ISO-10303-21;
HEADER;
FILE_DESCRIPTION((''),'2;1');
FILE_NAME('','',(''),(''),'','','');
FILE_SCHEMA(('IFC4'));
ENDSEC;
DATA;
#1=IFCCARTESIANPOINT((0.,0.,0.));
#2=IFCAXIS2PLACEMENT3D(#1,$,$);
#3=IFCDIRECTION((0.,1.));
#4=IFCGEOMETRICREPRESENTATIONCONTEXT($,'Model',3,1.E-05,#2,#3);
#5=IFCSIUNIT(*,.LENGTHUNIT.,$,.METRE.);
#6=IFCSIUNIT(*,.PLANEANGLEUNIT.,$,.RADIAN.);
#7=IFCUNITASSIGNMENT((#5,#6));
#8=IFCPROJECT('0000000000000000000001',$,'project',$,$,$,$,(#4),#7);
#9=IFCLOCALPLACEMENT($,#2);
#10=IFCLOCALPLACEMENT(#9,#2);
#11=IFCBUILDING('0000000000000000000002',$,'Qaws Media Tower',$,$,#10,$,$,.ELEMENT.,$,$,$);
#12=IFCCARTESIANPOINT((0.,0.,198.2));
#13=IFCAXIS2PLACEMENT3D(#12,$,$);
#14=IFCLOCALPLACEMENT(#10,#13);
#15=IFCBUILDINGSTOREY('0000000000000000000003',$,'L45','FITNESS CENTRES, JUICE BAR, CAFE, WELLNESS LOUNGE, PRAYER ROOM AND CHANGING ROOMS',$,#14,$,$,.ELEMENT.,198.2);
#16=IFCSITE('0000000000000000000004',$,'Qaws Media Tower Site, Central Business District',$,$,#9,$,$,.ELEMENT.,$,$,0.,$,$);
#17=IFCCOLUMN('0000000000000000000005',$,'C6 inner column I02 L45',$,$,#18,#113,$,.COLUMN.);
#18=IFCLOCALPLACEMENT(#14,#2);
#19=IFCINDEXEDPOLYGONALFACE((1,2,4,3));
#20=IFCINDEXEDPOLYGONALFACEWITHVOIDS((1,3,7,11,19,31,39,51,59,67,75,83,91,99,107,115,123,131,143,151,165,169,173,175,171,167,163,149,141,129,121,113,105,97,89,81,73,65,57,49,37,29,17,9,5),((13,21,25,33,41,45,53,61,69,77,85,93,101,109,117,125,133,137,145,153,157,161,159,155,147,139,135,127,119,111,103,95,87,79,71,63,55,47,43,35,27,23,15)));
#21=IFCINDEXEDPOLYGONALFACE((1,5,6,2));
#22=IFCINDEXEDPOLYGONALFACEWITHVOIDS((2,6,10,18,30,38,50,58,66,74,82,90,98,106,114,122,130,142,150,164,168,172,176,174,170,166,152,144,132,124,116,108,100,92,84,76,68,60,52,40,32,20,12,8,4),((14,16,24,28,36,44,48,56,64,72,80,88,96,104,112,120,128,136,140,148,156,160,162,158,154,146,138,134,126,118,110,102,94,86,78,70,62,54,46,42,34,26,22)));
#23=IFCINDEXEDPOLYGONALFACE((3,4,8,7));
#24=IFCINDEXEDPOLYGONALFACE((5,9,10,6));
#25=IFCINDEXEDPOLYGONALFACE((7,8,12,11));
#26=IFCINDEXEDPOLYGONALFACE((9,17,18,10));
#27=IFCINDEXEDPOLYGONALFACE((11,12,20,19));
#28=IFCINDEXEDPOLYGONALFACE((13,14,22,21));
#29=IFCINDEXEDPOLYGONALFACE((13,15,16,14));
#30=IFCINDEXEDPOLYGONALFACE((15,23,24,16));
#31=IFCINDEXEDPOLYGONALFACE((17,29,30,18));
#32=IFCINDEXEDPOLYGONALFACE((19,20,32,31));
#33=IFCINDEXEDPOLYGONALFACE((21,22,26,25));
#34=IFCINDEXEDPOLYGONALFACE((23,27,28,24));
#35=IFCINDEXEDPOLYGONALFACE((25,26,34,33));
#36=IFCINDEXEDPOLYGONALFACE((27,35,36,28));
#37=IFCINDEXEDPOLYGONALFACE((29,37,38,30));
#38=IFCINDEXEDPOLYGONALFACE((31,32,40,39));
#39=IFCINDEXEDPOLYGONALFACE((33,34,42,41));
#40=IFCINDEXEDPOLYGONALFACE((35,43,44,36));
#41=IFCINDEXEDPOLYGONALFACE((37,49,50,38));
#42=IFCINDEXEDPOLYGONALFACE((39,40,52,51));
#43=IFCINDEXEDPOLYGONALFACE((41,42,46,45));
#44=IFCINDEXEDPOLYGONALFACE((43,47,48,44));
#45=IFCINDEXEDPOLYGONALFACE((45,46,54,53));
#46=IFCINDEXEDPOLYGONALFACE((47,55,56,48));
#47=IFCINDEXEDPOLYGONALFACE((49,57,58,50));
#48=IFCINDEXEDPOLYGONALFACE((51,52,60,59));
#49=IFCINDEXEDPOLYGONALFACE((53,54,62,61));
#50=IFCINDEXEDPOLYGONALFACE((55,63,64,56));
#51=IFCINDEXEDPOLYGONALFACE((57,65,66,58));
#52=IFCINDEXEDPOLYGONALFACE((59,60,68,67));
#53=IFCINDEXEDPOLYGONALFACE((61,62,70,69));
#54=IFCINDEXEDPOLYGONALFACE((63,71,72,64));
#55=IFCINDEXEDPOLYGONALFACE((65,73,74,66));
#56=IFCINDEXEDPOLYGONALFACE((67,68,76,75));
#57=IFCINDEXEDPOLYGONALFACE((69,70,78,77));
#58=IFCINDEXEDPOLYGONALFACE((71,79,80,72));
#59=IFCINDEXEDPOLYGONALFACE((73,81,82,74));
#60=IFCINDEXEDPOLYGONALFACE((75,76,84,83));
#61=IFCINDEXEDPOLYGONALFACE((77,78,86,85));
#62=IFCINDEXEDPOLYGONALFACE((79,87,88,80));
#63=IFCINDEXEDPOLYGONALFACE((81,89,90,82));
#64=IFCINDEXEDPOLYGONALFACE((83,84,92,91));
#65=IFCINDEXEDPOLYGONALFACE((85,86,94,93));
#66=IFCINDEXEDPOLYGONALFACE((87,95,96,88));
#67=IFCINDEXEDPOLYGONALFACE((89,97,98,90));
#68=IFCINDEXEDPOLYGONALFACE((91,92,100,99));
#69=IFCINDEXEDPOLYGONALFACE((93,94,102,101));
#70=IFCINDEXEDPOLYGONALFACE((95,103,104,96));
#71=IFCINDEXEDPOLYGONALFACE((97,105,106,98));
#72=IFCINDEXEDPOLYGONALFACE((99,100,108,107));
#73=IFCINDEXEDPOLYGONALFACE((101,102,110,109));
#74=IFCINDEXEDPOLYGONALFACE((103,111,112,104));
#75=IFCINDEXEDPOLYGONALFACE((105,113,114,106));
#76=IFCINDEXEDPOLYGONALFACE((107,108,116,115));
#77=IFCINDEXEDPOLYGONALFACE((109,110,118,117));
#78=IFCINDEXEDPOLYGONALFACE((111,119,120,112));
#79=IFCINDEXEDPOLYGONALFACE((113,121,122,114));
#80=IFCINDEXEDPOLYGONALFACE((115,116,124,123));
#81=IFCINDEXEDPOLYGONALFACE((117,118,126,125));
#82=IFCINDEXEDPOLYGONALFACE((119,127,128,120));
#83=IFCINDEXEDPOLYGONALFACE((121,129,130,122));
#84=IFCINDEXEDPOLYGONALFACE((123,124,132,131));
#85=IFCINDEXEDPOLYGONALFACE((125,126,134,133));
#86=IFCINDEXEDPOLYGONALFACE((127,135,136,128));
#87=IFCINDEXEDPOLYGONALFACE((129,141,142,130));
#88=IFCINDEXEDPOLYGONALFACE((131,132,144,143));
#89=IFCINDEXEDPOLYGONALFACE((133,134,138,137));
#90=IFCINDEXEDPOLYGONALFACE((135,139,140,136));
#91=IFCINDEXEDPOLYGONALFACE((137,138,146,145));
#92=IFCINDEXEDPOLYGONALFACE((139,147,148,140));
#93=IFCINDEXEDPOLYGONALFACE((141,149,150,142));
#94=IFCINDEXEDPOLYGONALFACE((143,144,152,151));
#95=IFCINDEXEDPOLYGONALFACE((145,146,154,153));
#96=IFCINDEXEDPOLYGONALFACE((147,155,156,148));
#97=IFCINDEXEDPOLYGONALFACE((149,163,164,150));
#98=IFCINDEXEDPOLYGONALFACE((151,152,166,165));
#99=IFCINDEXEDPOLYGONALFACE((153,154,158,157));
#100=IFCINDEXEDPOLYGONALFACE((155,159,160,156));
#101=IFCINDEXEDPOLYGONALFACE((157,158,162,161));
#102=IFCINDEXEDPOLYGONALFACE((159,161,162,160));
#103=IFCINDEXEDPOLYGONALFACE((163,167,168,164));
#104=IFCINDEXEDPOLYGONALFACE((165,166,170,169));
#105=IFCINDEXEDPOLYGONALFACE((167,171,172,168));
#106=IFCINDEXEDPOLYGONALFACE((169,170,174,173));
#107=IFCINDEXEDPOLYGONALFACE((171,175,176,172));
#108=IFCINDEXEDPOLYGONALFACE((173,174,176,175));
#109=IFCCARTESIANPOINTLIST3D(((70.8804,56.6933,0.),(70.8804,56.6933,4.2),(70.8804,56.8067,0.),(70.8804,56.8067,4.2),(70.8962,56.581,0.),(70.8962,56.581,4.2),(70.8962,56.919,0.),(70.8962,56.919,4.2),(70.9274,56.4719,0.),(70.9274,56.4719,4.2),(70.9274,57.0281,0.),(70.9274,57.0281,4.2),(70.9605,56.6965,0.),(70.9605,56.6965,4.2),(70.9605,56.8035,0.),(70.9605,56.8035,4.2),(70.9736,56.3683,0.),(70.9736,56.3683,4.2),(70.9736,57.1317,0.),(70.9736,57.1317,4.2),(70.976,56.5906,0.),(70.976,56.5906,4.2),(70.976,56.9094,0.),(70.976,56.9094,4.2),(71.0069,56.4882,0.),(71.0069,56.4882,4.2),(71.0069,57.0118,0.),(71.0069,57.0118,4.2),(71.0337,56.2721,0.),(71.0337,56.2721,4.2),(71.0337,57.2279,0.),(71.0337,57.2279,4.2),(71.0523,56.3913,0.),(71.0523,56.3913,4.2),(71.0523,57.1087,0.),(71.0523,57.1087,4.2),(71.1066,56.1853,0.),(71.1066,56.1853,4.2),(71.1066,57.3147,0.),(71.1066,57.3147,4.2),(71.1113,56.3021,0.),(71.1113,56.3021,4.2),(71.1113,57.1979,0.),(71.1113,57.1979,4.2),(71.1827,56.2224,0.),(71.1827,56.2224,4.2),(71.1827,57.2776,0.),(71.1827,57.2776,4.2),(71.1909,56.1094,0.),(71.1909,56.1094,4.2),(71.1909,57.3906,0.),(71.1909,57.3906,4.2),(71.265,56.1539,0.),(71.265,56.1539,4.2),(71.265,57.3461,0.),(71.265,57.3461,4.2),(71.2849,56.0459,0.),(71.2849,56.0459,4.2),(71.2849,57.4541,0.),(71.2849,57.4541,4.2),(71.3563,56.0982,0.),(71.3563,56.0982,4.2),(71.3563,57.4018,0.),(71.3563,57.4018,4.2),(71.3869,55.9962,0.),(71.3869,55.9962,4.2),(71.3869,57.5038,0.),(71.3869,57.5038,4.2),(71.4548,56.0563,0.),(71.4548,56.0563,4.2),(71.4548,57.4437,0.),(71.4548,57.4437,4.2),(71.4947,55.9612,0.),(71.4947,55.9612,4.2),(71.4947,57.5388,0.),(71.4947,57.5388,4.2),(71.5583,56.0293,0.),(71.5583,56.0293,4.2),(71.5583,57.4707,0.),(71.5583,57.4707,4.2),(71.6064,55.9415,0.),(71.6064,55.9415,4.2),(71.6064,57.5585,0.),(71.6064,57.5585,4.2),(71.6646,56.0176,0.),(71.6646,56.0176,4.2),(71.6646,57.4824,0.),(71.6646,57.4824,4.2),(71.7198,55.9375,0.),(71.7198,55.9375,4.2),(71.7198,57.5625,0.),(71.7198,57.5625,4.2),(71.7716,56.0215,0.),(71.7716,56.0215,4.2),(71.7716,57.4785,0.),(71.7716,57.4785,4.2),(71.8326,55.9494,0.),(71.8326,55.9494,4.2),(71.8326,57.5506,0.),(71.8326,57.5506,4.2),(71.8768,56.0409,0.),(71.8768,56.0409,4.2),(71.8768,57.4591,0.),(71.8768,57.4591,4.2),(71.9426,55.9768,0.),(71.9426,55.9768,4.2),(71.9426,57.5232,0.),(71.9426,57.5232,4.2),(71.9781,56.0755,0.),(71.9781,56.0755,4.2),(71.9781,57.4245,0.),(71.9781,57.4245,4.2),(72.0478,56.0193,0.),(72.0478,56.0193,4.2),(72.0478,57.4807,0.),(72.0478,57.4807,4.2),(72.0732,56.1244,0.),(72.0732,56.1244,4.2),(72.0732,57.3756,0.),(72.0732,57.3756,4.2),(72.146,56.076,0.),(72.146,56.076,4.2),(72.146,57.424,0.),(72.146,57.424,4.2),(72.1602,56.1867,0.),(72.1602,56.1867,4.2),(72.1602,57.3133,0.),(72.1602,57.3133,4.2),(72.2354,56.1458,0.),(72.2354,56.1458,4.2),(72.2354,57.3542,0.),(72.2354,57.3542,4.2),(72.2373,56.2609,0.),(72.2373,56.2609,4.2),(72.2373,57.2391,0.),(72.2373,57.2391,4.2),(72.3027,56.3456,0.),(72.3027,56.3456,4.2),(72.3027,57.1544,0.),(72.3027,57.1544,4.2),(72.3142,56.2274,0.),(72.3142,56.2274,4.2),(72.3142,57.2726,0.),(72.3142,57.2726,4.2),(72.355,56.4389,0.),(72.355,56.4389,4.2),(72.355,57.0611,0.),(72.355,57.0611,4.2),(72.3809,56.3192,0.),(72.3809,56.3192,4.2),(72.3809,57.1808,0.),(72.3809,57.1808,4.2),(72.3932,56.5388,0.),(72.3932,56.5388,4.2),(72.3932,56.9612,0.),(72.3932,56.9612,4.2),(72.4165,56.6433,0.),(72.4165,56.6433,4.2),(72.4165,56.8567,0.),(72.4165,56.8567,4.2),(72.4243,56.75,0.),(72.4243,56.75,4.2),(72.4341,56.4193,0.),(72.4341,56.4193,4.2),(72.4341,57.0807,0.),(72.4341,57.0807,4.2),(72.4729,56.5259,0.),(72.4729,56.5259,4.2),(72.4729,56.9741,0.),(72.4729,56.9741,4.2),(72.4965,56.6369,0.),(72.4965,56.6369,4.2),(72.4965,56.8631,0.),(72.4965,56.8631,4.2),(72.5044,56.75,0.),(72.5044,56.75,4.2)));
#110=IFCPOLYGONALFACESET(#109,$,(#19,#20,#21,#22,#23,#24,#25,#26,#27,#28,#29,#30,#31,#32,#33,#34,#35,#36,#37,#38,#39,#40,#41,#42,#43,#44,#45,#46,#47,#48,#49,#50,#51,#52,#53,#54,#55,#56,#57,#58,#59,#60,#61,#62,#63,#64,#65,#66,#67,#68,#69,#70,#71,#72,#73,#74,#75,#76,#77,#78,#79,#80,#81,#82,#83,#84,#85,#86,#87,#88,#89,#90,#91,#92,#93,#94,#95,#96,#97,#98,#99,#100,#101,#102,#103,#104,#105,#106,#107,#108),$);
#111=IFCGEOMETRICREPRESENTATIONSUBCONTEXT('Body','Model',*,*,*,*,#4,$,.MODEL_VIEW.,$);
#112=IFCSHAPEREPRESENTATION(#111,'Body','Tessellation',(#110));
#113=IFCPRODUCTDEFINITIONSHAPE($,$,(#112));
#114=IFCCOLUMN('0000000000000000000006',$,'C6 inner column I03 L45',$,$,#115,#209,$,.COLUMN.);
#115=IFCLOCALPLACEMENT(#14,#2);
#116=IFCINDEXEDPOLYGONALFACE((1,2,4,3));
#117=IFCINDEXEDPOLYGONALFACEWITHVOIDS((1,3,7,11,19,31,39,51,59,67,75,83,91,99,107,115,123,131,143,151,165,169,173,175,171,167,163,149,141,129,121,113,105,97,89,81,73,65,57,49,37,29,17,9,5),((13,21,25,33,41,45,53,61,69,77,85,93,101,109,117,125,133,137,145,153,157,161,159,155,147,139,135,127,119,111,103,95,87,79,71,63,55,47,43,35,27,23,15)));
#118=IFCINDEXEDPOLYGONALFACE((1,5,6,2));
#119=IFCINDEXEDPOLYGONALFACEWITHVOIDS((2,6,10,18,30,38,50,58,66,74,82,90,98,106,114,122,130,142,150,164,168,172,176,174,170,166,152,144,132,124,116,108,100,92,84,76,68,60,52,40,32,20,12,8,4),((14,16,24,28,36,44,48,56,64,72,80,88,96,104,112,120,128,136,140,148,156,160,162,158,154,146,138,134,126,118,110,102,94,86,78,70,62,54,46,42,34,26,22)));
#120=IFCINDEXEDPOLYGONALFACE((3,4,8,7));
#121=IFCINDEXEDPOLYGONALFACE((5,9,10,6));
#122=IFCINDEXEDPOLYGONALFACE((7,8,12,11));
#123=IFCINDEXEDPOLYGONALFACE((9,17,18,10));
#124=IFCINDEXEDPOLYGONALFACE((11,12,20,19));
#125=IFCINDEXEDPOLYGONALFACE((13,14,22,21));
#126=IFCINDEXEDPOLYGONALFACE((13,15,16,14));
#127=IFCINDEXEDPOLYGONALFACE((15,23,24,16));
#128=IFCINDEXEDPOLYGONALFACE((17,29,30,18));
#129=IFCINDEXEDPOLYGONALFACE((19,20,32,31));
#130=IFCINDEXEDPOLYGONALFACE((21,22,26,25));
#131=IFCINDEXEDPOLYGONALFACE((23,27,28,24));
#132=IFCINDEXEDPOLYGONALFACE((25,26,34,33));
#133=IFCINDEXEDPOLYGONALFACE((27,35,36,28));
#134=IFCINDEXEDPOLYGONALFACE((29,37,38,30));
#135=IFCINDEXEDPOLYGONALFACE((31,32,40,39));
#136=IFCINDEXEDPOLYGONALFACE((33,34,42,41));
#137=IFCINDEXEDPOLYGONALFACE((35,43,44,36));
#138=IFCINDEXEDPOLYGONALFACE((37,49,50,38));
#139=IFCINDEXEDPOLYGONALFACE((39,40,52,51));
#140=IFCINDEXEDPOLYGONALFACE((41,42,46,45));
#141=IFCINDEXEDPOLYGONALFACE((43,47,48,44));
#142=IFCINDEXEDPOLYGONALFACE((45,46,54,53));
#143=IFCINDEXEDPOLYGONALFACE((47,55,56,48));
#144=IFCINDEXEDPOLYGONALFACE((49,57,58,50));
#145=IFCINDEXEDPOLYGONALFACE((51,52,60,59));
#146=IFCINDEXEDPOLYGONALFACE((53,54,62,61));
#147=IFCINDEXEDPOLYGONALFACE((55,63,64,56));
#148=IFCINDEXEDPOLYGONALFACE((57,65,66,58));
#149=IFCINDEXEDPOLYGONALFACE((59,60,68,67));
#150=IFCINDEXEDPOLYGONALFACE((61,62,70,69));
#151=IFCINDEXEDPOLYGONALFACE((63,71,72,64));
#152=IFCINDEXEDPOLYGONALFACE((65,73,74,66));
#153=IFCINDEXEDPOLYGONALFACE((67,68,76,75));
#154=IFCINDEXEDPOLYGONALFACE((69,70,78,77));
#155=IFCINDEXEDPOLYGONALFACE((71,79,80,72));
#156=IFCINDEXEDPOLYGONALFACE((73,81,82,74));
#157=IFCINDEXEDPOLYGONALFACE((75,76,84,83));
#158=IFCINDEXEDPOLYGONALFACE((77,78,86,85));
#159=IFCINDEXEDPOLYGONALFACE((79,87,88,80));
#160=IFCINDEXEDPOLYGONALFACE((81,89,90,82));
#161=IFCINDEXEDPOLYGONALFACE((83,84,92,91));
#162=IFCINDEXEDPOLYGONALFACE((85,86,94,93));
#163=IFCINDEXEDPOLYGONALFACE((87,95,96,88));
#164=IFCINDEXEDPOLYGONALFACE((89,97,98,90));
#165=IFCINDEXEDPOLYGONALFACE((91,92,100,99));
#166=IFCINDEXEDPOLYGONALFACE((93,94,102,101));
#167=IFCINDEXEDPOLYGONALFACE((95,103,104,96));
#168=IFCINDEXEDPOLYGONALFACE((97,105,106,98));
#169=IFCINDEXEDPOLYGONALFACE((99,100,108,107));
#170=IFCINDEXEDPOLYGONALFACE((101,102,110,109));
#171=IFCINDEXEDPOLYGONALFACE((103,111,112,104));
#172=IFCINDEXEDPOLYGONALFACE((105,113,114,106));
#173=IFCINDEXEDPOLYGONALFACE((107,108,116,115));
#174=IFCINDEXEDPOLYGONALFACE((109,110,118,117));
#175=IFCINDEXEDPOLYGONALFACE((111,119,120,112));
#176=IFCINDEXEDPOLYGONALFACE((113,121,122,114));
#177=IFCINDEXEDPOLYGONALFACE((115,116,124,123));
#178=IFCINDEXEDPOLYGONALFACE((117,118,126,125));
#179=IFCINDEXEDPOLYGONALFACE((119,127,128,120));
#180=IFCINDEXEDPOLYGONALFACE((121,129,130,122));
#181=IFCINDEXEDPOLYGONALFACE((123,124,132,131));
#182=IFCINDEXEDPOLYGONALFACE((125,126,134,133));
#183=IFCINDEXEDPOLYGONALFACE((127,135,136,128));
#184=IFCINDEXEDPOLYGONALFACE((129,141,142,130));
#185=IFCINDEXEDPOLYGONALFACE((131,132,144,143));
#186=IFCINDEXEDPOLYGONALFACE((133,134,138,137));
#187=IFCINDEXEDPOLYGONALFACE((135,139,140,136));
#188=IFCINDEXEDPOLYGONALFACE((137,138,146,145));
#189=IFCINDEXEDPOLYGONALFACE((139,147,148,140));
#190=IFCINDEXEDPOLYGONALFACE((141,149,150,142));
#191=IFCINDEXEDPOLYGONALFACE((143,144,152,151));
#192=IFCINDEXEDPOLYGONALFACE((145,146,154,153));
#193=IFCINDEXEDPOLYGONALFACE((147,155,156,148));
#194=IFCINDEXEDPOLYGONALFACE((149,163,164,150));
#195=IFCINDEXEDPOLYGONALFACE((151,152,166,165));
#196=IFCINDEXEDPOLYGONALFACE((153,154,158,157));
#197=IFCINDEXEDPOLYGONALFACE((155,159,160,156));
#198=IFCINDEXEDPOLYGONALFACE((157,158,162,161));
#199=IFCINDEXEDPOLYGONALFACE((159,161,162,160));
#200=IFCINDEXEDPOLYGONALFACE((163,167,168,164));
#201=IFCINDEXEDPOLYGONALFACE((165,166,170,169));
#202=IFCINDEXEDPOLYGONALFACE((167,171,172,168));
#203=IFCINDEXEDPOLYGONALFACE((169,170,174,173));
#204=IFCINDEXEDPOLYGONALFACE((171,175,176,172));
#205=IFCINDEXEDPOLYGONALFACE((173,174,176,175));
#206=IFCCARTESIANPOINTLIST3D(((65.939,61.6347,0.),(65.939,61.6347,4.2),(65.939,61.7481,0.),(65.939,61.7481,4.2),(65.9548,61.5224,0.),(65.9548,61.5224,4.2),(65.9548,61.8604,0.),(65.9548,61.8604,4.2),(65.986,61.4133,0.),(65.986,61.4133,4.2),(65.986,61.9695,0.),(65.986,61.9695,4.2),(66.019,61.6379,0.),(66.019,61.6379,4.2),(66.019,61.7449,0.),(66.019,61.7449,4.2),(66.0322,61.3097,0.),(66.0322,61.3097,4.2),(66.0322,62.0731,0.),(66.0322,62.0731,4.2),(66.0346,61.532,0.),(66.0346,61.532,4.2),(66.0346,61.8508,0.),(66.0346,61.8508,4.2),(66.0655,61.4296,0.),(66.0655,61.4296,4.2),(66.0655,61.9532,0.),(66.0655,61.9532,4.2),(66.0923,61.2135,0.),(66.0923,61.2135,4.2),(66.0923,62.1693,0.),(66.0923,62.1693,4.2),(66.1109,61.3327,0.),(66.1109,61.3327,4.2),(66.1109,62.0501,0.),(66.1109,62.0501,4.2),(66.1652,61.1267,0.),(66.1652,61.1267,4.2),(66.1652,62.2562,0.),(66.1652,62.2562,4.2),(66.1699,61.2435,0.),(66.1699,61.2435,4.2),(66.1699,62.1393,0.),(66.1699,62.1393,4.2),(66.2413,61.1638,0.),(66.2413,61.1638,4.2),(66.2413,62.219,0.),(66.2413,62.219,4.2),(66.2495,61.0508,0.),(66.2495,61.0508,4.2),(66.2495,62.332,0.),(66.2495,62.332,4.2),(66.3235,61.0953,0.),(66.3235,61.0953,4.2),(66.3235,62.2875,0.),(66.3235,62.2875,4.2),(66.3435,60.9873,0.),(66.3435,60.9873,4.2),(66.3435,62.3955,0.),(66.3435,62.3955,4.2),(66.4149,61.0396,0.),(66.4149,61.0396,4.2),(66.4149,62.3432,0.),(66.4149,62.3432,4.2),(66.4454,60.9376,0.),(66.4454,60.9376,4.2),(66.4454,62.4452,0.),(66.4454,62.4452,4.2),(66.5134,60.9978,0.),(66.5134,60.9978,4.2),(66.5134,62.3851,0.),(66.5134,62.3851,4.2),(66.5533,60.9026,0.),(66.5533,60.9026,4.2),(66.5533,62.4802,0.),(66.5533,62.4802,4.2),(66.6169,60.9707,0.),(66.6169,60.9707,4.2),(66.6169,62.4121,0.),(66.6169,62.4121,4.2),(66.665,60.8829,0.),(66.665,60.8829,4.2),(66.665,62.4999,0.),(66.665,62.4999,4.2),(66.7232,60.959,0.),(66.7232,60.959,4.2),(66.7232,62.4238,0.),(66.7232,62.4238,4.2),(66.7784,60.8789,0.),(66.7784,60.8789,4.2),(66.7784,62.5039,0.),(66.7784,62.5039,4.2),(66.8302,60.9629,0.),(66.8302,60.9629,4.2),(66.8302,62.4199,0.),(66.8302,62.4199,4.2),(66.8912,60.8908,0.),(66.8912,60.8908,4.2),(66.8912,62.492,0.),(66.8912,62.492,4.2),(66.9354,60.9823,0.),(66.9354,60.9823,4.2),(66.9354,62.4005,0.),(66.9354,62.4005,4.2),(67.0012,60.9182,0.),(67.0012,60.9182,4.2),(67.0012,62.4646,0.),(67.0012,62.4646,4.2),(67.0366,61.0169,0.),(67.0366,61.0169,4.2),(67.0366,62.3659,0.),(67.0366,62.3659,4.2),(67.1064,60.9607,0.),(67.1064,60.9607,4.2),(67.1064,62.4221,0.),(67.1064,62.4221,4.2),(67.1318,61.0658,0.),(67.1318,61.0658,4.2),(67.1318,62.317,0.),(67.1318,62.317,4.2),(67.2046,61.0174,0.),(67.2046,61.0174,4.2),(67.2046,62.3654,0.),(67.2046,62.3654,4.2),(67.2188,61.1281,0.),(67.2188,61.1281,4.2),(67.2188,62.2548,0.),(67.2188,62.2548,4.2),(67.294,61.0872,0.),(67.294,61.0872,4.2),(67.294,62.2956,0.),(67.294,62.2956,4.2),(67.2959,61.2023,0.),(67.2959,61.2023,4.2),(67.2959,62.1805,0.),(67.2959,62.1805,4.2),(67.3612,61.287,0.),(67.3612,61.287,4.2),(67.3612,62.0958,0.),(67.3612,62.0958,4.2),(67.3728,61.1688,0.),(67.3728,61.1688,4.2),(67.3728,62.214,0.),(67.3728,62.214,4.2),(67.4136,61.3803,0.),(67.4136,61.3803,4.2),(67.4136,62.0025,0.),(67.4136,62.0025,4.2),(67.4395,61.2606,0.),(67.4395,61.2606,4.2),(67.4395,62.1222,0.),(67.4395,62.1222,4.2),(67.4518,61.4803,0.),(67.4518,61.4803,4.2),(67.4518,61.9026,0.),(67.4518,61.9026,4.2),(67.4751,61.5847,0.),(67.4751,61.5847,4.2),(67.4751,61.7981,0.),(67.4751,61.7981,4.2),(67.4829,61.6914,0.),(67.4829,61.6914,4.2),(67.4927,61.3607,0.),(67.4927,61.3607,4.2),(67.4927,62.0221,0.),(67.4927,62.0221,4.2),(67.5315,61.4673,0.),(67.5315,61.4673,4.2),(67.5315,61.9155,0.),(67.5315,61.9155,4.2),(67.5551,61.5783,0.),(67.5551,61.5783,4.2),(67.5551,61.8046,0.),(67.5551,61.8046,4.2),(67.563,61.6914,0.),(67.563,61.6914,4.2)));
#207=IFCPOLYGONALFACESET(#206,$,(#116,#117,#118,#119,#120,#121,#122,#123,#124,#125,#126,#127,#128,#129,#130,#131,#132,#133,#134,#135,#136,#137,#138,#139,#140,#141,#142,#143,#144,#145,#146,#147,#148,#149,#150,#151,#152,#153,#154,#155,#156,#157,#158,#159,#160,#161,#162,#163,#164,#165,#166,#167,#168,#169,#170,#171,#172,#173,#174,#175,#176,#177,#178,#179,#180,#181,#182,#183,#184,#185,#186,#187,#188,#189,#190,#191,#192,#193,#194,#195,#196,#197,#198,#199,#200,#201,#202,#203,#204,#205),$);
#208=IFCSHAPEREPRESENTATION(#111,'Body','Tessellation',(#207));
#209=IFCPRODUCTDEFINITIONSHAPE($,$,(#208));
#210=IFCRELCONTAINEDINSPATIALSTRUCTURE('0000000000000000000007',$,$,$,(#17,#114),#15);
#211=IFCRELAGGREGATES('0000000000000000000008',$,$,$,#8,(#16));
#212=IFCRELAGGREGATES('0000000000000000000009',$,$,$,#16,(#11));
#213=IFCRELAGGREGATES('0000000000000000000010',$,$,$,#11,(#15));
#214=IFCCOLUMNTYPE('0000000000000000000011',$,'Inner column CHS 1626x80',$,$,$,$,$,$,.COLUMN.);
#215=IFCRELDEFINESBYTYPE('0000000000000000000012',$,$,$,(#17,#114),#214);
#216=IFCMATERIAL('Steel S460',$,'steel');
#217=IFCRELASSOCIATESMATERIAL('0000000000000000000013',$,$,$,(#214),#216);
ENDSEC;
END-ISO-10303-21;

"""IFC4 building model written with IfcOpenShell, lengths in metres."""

from ifc_helpers import new_model, si_unit, direction, frame, origin, origin_2d, place, context, subcontext, project, spatial, hollow_circle, extrude, material, material_profile, profile_set, type_object, element, save


model = new_model("IFC4")

# Units and contexts
model_context = context("Model", 3, precision=1e-05, world=origin(), true_north=direction((0.0, 1.0)))
body_context = subcontext(model_context, "Body", "Model", "MODEL_VIEW")
ifc_project = project(units=[si_unit("LENGTHUNIT", "METRE"), si_unit("PLANEANGLEUNIT", "RADIAN")], contexts=[model_context])

# Site, building, storey
site_placement = place(None, origin())
site = spatial("IfcSite", under=ifc_project, at=site_placement, Name="Qaws Media Tower Site, Central Business District", CompositionType="ELEMENT", RefElevation=0.0)
building_placement = place(site_placement, origin())
building = spatial("IfcBuilding", under=site, at=building_placement, Name="Qaws Media Tower", CompositionType="ELEMENT")
storey_placement = place(building_placement, frame((0.0, 0.0, 198.2)))
storey = spatial("IfcBuildingStorey", under=building, at=storey_placement, Name="L45", Description="FITNESS CENTRES, JUICE BAR, CAFE, WELLNESS LOUNGE, PRAYER ROOM AND CHANGING ROOMS", CompositionType="ELEMENT", Elevation=198.2)

# Columns
ifc_material_1 = material(Name="Steel S460", Category="steel")
ifc_material_profile_1 = material_profile(ifc_material_1, hollow_circle(Radius=0.813, WallThickness=0.0801, at=origin_2d()), Name="CHS 1626x80")
ifc_profile_set_1 = profile_set([ifc_material_profile_1], Name="Steel S460")
column_type = type_object("IfcColumnType", Name="Inner column CHS 1626x80", PredefinedType="COLUMN", material=ifc_profile_set_1)
for number, where, z_axis, x_axis, name in (
    (1, (71.6914, 56.75, 0.0), (0.0, 0.0, 1.0), (1.0, 0.0, 0.0), "C6 inner column I02 L45"),
    (2, (66.75, 61.6914, 0.0), (0.0, 0.0, 1.0), (1.0, 0.0, 0.0), "C6 inner column I03 L45"),
):
    element("IfcColumn", number, at=place(storey_placement, frame(where, z_axis=z_axis, x_axis=x_axis)), inside=storey, type_object=column_type, Name=name, PredefinedType="COLUMN", context=body_context, shape_type="SweptSolid", body=[
        extrude(hollow_circle(Radius=0.813, WallThickness=0.0801, at=origin_2d()), origin(), (0.0, 0.0, 1.0), 4.2),
    ])

save(model, "model.ifc")
